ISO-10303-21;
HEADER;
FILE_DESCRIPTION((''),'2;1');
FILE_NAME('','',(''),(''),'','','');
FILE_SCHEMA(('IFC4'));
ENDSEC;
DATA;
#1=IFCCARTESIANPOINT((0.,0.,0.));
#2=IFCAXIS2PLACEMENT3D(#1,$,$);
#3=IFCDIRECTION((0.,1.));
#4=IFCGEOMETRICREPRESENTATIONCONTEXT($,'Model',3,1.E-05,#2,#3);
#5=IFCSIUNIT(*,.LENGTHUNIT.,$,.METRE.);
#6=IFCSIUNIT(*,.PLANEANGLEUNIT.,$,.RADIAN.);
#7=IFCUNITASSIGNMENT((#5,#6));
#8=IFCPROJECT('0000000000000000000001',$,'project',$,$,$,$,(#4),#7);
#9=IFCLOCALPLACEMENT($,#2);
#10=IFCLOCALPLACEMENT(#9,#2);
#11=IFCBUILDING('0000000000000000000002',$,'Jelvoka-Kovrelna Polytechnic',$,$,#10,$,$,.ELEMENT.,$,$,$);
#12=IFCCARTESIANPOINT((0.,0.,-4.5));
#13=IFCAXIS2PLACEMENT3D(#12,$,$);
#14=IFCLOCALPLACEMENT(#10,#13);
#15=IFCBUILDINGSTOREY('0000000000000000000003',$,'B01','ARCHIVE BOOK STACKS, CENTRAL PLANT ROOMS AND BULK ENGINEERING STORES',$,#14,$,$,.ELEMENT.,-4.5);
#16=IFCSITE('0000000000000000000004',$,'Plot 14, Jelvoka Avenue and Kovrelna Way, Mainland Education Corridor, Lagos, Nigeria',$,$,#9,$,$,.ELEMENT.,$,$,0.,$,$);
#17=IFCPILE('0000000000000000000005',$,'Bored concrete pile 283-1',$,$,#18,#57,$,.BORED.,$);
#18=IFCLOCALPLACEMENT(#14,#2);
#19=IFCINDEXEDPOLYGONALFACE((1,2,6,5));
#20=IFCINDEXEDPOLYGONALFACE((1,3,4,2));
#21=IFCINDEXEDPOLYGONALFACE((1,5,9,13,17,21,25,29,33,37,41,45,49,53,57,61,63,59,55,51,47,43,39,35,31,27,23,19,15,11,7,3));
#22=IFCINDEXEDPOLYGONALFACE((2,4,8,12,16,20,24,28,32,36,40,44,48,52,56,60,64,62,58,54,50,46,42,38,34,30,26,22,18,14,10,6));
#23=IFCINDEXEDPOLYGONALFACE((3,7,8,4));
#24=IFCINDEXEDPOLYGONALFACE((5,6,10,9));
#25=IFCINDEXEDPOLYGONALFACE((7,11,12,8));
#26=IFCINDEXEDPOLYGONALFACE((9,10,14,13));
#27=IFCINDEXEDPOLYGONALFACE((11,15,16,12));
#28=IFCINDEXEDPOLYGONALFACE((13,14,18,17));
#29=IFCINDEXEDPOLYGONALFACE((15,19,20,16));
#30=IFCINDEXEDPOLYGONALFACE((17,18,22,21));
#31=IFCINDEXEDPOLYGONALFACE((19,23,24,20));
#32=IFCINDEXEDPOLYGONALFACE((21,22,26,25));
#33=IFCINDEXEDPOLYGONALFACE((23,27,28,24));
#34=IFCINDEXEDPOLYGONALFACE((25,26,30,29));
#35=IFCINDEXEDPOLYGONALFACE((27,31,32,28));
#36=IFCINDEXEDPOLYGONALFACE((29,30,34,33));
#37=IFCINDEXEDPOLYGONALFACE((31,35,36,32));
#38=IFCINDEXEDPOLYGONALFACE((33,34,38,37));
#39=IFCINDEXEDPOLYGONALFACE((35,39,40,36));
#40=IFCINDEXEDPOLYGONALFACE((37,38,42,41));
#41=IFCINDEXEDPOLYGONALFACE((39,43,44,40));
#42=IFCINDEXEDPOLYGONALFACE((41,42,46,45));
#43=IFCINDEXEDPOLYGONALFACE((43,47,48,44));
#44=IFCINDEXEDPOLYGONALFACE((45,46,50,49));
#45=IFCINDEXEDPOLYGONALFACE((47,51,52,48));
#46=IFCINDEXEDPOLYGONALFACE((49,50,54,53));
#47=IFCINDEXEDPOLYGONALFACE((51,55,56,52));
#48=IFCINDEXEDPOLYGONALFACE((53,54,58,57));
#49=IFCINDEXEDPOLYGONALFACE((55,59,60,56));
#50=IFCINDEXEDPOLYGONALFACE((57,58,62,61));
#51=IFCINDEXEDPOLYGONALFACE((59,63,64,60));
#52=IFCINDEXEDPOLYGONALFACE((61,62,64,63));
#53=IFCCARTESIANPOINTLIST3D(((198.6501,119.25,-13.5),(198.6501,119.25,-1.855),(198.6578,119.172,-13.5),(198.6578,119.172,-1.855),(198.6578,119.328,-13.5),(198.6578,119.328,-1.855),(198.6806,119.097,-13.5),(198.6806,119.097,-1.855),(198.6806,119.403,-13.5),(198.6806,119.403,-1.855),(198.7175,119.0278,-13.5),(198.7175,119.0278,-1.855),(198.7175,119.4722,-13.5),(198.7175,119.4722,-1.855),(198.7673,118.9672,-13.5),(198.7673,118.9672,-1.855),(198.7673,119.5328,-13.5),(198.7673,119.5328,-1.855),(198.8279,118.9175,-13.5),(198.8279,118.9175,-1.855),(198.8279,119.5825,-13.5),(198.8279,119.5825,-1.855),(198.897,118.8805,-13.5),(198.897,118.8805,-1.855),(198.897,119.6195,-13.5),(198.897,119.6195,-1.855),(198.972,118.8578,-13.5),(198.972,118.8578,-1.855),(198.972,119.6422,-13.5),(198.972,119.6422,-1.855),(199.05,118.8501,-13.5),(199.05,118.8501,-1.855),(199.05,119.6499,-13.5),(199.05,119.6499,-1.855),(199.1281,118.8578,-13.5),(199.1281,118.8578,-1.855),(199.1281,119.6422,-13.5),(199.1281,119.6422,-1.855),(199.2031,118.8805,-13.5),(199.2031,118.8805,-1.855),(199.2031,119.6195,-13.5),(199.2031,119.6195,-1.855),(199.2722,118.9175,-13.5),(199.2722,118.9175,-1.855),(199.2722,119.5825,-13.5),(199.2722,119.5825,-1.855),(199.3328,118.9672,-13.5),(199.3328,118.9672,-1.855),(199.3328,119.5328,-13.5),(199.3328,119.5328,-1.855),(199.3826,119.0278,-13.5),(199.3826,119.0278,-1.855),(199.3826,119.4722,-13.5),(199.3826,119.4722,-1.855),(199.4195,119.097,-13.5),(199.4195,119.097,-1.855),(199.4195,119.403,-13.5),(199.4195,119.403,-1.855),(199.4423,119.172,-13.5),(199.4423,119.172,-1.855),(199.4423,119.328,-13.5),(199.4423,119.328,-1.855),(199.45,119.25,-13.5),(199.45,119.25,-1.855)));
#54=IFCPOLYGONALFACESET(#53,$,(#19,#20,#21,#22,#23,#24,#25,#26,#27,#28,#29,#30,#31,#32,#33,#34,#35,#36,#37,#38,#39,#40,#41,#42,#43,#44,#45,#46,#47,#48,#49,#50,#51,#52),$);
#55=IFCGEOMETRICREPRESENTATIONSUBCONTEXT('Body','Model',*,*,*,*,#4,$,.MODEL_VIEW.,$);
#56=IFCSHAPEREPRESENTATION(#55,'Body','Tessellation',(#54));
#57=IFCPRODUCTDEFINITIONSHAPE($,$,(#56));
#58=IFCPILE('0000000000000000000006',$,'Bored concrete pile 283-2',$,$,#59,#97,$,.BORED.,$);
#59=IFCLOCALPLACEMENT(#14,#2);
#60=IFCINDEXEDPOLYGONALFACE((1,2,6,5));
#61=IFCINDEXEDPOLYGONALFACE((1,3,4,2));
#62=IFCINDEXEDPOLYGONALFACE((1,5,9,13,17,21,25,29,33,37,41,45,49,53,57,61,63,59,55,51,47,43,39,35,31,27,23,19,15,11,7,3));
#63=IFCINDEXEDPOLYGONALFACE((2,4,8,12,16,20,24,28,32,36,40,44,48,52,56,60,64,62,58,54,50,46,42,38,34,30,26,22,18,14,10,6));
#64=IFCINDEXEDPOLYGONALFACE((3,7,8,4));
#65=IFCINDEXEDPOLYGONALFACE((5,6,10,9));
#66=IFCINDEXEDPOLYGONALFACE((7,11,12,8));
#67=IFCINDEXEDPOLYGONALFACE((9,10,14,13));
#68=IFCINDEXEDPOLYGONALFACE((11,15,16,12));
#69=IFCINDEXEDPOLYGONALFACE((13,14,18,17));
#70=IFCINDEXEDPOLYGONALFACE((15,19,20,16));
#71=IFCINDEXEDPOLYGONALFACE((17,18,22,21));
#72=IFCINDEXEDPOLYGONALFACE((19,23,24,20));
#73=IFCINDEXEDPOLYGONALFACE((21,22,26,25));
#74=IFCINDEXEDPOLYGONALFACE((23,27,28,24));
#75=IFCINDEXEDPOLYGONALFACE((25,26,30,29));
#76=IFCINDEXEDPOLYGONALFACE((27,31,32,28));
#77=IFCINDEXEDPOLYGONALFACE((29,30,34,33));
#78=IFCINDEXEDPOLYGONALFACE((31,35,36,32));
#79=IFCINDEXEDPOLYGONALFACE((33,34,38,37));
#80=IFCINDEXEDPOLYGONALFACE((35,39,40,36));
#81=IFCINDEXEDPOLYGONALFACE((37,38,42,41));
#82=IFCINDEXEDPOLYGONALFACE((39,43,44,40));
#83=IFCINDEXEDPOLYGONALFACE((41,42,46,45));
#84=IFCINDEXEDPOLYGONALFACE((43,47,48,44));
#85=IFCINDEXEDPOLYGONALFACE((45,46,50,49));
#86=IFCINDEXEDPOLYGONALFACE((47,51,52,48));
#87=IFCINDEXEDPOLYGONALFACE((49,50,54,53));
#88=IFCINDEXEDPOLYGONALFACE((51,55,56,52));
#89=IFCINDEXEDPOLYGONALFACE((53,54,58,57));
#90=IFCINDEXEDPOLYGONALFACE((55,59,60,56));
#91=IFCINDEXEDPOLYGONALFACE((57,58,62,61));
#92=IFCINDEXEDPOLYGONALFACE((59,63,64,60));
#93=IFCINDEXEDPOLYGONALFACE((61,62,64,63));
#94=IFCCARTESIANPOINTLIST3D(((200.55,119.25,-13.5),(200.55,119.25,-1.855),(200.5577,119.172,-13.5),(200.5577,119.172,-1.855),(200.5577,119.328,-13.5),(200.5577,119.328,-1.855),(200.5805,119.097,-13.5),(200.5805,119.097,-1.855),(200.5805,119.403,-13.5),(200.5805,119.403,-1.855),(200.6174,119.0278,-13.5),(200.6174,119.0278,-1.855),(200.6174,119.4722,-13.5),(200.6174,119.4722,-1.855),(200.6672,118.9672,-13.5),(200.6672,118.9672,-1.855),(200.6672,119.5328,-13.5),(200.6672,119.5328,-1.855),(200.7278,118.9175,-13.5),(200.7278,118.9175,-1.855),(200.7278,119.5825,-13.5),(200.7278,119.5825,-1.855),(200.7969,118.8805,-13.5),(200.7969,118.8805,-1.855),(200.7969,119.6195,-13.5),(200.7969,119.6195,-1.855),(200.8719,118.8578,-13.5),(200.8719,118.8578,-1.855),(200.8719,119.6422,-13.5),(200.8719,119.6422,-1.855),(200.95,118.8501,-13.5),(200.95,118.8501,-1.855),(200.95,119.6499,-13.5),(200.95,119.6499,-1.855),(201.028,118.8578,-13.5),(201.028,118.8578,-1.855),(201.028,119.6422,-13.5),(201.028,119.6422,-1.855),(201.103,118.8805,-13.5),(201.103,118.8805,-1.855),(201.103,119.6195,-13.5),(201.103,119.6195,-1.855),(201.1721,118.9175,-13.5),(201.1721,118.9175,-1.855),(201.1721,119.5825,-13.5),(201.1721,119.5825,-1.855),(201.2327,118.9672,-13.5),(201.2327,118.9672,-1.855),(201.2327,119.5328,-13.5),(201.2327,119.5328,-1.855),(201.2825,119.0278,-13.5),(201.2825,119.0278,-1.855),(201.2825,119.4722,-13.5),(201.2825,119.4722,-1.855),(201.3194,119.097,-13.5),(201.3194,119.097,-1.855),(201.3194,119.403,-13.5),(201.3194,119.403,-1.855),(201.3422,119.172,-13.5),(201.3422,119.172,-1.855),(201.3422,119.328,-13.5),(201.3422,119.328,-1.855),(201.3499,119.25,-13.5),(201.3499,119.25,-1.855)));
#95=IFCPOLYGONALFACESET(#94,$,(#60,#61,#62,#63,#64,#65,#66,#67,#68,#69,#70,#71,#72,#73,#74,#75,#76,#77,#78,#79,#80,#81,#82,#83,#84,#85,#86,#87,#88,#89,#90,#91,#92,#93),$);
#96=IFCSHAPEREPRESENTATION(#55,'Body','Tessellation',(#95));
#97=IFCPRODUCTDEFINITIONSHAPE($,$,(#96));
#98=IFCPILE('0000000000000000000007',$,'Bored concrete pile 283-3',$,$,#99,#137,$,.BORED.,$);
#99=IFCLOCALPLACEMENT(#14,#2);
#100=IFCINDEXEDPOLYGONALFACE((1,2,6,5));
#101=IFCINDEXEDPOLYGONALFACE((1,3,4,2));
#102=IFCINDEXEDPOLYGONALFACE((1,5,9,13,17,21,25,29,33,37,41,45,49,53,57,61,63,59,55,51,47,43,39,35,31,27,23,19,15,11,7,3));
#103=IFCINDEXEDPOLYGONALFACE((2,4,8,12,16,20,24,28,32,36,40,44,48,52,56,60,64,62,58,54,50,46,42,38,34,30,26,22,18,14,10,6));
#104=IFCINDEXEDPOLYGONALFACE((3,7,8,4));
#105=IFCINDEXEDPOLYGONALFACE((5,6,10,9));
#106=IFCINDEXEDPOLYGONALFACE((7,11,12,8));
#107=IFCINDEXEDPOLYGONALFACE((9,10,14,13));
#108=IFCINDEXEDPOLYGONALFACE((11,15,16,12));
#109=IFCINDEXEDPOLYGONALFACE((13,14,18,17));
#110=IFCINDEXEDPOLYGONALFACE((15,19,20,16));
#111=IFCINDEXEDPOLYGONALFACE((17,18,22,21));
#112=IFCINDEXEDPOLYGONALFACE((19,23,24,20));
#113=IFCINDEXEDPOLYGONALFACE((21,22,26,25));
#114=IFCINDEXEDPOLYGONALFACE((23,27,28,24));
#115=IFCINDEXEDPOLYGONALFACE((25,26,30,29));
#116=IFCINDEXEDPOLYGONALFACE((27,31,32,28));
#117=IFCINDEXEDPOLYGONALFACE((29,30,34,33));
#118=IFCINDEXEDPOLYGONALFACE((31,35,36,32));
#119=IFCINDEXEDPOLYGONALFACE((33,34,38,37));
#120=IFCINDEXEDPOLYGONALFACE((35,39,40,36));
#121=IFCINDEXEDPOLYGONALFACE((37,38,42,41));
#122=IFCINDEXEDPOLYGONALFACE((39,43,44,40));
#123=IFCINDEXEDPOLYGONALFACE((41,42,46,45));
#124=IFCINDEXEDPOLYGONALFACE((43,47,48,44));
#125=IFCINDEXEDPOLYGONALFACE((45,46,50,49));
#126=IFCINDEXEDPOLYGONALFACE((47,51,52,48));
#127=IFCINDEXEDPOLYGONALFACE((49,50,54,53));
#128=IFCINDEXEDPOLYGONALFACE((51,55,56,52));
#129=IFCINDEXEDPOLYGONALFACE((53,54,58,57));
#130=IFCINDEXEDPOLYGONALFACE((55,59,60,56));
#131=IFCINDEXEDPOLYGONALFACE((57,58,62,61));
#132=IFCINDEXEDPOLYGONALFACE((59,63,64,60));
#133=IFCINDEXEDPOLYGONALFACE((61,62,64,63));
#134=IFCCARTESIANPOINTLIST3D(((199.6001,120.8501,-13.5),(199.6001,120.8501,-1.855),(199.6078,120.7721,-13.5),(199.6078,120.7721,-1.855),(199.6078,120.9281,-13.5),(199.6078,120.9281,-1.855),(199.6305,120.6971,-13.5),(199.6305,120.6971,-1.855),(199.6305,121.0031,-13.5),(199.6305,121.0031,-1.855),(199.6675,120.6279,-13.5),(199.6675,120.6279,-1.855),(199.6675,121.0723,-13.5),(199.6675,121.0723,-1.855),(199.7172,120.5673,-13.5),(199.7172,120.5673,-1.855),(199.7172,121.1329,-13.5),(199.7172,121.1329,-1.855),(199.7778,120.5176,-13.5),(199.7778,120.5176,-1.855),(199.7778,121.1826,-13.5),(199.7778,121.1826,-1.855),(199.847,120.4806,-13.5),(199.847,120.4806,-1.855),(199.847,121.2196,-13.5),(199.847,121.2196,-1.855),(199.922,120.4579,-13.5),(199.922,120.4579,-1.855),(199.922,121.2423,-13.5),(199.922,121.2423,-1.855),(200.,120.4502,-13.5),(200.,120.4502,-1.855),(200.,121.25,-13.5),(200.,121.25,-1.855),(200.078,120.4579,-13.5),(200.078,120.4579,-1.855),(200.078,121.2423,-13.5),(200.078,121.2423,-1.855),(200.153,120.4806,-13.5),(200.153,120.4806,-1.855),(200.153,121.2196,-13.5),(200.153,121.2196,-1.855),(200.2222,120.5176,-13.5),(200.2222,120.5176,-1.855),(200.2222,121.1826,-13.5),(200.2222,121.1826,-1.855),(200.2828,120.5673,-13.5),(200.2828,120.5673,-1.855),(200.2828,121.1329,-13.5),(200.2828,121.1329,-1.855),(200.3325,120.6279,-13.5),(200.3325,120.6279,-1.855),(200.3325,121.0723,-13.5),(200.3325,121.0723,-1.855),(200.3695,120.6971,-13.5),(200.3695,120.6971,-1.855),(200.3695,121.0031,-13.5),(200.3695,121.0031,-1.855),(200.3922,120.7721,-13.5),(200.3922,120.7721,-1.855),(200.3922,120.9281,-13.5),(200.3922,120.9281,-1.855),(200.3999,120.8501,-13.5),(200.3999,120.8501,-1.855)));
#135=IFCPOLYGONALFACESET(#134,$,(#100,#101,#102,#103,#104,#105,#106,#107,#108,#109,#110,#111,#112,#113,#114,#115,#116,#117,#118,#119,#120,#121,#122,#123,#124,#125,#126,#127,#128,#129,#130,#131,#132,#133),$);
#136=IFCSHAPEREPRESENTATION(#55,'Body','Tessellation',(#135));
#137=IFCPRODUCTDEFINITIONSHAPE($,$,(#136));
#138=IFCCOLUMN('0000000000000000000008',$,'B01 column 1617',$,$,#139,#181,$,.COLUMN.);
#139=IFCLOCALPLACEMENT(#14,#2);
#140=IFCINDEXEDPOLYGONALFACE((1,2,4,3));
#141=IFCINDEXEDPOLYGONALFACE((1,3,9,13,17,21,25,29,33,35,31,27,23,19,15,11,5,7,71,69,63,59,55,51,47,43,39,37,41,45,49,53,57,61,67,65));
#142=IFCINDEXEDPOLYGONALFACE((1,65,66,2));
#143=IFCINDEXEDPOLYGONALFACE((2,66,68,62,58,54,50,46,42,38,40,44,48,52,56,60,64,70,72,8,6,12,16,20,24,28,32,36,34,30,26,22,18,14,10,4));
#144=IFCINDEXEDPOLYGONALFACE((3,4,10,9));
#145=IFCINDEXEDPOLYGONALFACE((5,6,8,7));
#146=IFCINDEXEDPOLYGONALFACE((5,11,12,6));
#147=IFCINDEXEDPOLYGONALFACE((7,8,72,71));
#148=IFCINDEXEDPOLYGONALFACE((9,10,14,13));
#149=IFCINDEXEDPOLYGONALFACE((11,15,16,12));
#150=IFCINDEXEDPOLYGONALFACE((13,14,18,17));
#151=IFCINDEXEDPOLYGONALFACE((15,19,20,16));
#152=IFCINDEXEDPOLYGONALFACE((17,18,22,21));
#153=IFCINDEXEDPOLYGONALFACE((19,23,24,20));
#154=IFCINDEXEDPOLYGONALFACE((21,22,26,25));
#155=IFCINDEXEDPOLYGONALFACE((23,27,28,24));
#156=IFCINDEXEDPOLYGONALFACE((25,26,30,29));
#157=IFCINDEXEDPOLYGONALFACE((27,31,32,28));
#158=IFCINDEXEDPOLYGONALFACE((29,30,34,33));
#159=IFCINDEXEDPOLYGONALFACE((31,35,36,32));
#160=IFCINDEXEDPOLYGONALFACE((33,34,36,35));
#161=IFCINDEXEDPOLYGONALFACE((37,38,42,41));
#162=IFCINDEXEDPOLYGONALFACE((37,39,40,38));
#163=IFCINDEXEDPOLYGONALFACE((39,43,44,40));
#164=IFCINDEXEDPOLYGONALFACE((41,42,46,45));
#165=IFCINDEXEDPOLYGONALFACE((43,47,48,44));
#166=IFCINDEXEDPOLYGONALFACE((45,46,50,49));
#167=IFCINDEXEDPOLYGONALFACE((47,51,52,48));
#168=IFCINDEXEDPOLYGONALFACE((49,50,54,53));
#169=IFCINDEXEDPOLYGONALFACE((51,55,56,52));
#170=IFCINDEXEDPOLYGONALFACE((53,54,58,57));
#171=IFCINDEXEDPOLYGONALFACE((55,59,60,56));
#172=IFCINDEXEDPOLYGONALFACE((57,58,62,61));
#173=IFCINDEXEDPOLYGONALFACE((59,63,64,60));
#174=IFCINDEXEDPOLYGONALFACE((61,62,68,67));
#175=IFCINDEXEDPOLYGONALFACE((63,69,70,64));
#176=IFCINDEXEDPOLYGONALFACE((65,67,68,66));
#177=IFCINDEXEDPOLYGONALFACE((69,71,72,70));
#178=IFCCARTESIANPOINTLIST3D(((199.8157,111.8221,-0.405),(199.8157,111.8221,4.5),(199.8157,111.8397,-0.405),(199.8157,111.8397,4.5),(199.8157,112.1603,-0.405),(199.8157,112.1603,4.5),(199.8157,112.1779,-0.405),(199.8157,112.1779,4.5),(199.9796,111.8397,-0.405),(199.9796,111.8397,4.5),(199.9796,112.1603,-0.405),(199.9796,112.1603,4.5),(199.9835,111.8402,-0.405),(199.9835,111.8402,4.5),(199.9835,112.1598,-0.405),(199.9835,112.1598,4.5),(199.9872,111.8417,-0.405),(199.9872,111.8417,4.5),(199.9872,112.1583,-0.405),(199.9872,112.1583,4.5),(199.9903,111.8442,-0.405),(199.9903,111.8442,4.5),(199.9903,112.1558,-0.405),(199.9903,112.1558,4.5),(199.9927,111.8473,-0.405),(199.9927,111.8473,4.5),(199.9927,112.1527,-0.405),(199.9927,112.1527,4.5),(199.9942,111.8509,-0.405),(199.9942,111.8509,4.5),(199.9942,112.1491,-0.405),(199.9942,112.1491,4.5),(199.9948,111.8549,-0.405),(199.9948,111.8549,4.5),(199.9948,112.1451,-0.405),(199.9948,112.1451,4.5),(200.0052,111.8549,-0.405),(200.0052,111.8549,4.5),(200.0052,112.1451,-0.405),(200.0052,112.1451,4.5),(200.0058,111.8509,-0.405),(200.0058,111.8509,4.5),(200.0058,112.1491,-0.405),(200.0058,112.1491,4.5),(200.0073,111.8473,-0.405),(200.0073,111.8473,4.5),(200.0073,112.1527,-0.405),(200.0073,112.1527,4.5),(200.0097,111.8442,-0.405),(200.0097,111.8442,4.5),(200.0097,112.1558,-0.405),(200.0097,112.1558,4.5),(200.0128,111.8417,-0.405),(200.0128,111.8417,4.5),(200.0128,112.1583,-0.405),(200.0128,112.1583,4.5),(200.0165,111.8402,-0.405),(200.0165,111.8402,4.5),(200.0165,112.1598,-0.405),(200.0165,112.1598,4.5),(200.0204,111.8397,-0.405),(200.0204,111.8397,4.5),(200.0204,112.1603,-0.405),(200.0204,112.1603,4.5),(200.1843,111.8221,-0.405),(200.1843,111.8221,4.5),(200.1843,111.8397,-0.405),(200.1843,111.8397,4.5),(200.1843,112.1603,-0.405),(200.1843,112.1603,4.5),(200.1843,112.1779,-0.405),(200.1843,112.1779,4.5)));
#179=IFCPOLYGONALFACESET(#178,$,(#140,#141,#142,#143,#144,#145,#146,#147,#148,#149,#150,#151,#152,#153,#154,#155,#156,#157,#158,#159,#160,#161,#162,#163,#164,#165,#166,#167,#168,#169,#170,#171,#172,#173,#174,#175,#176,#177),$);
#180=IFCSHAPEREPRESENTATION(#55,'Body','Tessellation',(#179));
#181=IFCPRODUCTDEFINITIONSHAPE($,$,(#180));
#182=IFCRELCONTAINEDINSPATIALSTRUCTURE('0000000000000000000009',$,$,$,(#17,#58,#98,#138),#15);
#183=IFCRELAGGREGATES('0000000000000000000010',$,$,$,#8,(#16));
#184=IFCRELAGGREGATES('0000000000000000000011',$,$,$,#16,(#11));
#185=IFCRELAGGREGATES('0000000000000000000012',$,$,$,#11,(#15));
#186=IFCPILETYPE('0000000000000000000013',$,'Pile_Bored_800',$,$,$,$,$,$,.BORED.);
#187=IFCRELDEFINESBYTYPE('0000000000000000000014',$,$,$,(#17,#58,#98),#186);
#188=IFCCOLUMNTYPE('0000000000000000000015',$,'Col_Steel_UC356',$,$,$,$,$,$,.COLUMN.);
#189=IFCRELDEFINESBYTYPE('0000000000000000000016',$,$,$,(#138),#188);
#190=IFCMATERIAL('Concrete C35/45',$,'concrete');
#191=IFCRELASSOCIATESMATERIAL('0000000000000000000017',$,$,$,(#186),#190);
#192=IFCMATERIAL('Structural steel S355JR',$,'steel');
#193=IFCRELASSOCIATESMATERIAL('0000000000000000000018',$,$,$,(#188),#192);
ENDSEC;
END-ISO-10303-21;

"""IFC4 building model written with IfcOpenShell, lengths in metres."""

from ifc_helpers import new_model, si_unit, direction, frame, origin, origin_2d, place, context, subcontext, project, spatial, circle, i_section, extrude, material, material_profile, profile_set, type_object, element, save


model = new_model("IFC4")

# Units and contexts
model_context = context("Model", 3, precision=1e-05, world=origin(), true_north=direction((0.0, 1.0)))
body_context = subcontext(model_context, "Body", "Model", "MODEL_VIEW")
ifc_project = project(units=[si_unit("LENGTHUNIT", "METRE"), si_unit("PLANEANGLEUNIT", "RADIAN")], contexts=[model_context])

# Site, building, storey
site_placement = place(None, origin())
site = spatial("IfcSite", under=ifc_project, at=site_placement, Name="Plot 14, Jelvoka Avenue and Kovrelna Way, Mainland Education Corridor, Lagos, Nigeria", CompositionType="ELEMENT", RefElevation=0.0)
building_placement = place(site_placement, origin())
building = spatial("IfcBuilding", under=site, at=building_placement, Name="Jelvoka-Kovrelna Polytechnic", CompositionType="ELEMENT")
storey_placement = place(building_placement, frame((0.0, 0.0, -4.5)))
storey = spatial("IfcBuildingStorey", under=building, at=storey_placement, Name="B01", Description="ARCHIVE BOOK STACKS, CENTRAL PLANT ROOMS AND BULK ENGINEERING STORES", CompositionType="ELEMENT", Elevation=-4.5)

# Piles
ifc_material_1 = material(Name="Concrete C35/45", Category="concrete")
ifc_material_profile_1 = material_profile(ifc_material_1, circle(Radius=0.3999, at=origin_2d()), Name="PILE D800")
ifc_profile_set_1 = profile_set([ifc_material_profile_1], Name="Concrete C35/45")
pile_type = type_object("IfcPileType", Name="Pile_Bored_800", PredefinedType="BORED", material=ifc_profile_set_1)
for number, where, z_axis, x_axis, name in (
    (1, (199.05, 119.25, -1.855), (0.0, 0.0, -1.0), (1.0, 0.0, 0.0), "Bored concrete pile 283-1"),
    (2, (200.95, 119.25, -1.855), (0.0, 0.0, -1.0), (1.0, 0.0, 0.0), "Bored concrete pile 283-2"),
    (3, (200.0, 120.8501, -1.855), (0.0, 0.0, -1.0), (1.0, 0.0, 0.0), "Bored concrete pile 283-3"),
):
    element("IfcPile", number, at=place(storey_placement, frame(where, z_axis=z_axis, x_axis=x_axis)), inside=storey, type_object=pile_type, Name=name, PredefinedType="BORED", context=body_context, shape_type="SweptSolid", body=[
        extrude(circle(Radius=0.3999, at=origin_2d()), origin(), (0.0, 0.0, 1.0), 11.645),
    ])

# Column
ifc_material_2 = material(Name="Structural steel S355JR", Category="steel")
ifc_material_profile_2 = material_profile(ifc_material_2, i_section(OverallWidth=0.3687, OverallDepth=0.3557, WebThickness=0.0105, FlangeThickness=0.0176, FilletRadius=0.0151, at=origin_2d()), Name="356x368x129 UC")
ifc_profile_set_2 = profile_set([ifc_material_profile_2], Name="Structural steel S355JR")
column_type = type_object("IfcColumnType", Name="Col_Steel_UC356", PredefinedType="COLUMN", material=ifc_profile_set_2)
for number, where, z_axis, x_axis, name in (
    (4, (200.0, 112.0, -0.405), (0.0, 0.0, 1.0), (1.0, 0.0, 0.0), "B01 column 1617"),
):
    element("IfcColumn", number, at=place(storey_placement, frame(where, z_axis=z_axis, x_axis=x_axis)), inside=storey, type_object=column_type, Name=name, PredefinedType="COLUMN", context=body_context, shape_type="SweptSolid", body=[
        extrude(i_section(OverallWidth=0.3687, OverallDepth=0.3557, WebThickness=0.0105, FlangeThickness=0.0176, FilletRadius=0.0151, at=origin_2d()), origin(), (0.0, 0.0, 1.0), 4.905),
    ])

save(model, "model.ifc")
